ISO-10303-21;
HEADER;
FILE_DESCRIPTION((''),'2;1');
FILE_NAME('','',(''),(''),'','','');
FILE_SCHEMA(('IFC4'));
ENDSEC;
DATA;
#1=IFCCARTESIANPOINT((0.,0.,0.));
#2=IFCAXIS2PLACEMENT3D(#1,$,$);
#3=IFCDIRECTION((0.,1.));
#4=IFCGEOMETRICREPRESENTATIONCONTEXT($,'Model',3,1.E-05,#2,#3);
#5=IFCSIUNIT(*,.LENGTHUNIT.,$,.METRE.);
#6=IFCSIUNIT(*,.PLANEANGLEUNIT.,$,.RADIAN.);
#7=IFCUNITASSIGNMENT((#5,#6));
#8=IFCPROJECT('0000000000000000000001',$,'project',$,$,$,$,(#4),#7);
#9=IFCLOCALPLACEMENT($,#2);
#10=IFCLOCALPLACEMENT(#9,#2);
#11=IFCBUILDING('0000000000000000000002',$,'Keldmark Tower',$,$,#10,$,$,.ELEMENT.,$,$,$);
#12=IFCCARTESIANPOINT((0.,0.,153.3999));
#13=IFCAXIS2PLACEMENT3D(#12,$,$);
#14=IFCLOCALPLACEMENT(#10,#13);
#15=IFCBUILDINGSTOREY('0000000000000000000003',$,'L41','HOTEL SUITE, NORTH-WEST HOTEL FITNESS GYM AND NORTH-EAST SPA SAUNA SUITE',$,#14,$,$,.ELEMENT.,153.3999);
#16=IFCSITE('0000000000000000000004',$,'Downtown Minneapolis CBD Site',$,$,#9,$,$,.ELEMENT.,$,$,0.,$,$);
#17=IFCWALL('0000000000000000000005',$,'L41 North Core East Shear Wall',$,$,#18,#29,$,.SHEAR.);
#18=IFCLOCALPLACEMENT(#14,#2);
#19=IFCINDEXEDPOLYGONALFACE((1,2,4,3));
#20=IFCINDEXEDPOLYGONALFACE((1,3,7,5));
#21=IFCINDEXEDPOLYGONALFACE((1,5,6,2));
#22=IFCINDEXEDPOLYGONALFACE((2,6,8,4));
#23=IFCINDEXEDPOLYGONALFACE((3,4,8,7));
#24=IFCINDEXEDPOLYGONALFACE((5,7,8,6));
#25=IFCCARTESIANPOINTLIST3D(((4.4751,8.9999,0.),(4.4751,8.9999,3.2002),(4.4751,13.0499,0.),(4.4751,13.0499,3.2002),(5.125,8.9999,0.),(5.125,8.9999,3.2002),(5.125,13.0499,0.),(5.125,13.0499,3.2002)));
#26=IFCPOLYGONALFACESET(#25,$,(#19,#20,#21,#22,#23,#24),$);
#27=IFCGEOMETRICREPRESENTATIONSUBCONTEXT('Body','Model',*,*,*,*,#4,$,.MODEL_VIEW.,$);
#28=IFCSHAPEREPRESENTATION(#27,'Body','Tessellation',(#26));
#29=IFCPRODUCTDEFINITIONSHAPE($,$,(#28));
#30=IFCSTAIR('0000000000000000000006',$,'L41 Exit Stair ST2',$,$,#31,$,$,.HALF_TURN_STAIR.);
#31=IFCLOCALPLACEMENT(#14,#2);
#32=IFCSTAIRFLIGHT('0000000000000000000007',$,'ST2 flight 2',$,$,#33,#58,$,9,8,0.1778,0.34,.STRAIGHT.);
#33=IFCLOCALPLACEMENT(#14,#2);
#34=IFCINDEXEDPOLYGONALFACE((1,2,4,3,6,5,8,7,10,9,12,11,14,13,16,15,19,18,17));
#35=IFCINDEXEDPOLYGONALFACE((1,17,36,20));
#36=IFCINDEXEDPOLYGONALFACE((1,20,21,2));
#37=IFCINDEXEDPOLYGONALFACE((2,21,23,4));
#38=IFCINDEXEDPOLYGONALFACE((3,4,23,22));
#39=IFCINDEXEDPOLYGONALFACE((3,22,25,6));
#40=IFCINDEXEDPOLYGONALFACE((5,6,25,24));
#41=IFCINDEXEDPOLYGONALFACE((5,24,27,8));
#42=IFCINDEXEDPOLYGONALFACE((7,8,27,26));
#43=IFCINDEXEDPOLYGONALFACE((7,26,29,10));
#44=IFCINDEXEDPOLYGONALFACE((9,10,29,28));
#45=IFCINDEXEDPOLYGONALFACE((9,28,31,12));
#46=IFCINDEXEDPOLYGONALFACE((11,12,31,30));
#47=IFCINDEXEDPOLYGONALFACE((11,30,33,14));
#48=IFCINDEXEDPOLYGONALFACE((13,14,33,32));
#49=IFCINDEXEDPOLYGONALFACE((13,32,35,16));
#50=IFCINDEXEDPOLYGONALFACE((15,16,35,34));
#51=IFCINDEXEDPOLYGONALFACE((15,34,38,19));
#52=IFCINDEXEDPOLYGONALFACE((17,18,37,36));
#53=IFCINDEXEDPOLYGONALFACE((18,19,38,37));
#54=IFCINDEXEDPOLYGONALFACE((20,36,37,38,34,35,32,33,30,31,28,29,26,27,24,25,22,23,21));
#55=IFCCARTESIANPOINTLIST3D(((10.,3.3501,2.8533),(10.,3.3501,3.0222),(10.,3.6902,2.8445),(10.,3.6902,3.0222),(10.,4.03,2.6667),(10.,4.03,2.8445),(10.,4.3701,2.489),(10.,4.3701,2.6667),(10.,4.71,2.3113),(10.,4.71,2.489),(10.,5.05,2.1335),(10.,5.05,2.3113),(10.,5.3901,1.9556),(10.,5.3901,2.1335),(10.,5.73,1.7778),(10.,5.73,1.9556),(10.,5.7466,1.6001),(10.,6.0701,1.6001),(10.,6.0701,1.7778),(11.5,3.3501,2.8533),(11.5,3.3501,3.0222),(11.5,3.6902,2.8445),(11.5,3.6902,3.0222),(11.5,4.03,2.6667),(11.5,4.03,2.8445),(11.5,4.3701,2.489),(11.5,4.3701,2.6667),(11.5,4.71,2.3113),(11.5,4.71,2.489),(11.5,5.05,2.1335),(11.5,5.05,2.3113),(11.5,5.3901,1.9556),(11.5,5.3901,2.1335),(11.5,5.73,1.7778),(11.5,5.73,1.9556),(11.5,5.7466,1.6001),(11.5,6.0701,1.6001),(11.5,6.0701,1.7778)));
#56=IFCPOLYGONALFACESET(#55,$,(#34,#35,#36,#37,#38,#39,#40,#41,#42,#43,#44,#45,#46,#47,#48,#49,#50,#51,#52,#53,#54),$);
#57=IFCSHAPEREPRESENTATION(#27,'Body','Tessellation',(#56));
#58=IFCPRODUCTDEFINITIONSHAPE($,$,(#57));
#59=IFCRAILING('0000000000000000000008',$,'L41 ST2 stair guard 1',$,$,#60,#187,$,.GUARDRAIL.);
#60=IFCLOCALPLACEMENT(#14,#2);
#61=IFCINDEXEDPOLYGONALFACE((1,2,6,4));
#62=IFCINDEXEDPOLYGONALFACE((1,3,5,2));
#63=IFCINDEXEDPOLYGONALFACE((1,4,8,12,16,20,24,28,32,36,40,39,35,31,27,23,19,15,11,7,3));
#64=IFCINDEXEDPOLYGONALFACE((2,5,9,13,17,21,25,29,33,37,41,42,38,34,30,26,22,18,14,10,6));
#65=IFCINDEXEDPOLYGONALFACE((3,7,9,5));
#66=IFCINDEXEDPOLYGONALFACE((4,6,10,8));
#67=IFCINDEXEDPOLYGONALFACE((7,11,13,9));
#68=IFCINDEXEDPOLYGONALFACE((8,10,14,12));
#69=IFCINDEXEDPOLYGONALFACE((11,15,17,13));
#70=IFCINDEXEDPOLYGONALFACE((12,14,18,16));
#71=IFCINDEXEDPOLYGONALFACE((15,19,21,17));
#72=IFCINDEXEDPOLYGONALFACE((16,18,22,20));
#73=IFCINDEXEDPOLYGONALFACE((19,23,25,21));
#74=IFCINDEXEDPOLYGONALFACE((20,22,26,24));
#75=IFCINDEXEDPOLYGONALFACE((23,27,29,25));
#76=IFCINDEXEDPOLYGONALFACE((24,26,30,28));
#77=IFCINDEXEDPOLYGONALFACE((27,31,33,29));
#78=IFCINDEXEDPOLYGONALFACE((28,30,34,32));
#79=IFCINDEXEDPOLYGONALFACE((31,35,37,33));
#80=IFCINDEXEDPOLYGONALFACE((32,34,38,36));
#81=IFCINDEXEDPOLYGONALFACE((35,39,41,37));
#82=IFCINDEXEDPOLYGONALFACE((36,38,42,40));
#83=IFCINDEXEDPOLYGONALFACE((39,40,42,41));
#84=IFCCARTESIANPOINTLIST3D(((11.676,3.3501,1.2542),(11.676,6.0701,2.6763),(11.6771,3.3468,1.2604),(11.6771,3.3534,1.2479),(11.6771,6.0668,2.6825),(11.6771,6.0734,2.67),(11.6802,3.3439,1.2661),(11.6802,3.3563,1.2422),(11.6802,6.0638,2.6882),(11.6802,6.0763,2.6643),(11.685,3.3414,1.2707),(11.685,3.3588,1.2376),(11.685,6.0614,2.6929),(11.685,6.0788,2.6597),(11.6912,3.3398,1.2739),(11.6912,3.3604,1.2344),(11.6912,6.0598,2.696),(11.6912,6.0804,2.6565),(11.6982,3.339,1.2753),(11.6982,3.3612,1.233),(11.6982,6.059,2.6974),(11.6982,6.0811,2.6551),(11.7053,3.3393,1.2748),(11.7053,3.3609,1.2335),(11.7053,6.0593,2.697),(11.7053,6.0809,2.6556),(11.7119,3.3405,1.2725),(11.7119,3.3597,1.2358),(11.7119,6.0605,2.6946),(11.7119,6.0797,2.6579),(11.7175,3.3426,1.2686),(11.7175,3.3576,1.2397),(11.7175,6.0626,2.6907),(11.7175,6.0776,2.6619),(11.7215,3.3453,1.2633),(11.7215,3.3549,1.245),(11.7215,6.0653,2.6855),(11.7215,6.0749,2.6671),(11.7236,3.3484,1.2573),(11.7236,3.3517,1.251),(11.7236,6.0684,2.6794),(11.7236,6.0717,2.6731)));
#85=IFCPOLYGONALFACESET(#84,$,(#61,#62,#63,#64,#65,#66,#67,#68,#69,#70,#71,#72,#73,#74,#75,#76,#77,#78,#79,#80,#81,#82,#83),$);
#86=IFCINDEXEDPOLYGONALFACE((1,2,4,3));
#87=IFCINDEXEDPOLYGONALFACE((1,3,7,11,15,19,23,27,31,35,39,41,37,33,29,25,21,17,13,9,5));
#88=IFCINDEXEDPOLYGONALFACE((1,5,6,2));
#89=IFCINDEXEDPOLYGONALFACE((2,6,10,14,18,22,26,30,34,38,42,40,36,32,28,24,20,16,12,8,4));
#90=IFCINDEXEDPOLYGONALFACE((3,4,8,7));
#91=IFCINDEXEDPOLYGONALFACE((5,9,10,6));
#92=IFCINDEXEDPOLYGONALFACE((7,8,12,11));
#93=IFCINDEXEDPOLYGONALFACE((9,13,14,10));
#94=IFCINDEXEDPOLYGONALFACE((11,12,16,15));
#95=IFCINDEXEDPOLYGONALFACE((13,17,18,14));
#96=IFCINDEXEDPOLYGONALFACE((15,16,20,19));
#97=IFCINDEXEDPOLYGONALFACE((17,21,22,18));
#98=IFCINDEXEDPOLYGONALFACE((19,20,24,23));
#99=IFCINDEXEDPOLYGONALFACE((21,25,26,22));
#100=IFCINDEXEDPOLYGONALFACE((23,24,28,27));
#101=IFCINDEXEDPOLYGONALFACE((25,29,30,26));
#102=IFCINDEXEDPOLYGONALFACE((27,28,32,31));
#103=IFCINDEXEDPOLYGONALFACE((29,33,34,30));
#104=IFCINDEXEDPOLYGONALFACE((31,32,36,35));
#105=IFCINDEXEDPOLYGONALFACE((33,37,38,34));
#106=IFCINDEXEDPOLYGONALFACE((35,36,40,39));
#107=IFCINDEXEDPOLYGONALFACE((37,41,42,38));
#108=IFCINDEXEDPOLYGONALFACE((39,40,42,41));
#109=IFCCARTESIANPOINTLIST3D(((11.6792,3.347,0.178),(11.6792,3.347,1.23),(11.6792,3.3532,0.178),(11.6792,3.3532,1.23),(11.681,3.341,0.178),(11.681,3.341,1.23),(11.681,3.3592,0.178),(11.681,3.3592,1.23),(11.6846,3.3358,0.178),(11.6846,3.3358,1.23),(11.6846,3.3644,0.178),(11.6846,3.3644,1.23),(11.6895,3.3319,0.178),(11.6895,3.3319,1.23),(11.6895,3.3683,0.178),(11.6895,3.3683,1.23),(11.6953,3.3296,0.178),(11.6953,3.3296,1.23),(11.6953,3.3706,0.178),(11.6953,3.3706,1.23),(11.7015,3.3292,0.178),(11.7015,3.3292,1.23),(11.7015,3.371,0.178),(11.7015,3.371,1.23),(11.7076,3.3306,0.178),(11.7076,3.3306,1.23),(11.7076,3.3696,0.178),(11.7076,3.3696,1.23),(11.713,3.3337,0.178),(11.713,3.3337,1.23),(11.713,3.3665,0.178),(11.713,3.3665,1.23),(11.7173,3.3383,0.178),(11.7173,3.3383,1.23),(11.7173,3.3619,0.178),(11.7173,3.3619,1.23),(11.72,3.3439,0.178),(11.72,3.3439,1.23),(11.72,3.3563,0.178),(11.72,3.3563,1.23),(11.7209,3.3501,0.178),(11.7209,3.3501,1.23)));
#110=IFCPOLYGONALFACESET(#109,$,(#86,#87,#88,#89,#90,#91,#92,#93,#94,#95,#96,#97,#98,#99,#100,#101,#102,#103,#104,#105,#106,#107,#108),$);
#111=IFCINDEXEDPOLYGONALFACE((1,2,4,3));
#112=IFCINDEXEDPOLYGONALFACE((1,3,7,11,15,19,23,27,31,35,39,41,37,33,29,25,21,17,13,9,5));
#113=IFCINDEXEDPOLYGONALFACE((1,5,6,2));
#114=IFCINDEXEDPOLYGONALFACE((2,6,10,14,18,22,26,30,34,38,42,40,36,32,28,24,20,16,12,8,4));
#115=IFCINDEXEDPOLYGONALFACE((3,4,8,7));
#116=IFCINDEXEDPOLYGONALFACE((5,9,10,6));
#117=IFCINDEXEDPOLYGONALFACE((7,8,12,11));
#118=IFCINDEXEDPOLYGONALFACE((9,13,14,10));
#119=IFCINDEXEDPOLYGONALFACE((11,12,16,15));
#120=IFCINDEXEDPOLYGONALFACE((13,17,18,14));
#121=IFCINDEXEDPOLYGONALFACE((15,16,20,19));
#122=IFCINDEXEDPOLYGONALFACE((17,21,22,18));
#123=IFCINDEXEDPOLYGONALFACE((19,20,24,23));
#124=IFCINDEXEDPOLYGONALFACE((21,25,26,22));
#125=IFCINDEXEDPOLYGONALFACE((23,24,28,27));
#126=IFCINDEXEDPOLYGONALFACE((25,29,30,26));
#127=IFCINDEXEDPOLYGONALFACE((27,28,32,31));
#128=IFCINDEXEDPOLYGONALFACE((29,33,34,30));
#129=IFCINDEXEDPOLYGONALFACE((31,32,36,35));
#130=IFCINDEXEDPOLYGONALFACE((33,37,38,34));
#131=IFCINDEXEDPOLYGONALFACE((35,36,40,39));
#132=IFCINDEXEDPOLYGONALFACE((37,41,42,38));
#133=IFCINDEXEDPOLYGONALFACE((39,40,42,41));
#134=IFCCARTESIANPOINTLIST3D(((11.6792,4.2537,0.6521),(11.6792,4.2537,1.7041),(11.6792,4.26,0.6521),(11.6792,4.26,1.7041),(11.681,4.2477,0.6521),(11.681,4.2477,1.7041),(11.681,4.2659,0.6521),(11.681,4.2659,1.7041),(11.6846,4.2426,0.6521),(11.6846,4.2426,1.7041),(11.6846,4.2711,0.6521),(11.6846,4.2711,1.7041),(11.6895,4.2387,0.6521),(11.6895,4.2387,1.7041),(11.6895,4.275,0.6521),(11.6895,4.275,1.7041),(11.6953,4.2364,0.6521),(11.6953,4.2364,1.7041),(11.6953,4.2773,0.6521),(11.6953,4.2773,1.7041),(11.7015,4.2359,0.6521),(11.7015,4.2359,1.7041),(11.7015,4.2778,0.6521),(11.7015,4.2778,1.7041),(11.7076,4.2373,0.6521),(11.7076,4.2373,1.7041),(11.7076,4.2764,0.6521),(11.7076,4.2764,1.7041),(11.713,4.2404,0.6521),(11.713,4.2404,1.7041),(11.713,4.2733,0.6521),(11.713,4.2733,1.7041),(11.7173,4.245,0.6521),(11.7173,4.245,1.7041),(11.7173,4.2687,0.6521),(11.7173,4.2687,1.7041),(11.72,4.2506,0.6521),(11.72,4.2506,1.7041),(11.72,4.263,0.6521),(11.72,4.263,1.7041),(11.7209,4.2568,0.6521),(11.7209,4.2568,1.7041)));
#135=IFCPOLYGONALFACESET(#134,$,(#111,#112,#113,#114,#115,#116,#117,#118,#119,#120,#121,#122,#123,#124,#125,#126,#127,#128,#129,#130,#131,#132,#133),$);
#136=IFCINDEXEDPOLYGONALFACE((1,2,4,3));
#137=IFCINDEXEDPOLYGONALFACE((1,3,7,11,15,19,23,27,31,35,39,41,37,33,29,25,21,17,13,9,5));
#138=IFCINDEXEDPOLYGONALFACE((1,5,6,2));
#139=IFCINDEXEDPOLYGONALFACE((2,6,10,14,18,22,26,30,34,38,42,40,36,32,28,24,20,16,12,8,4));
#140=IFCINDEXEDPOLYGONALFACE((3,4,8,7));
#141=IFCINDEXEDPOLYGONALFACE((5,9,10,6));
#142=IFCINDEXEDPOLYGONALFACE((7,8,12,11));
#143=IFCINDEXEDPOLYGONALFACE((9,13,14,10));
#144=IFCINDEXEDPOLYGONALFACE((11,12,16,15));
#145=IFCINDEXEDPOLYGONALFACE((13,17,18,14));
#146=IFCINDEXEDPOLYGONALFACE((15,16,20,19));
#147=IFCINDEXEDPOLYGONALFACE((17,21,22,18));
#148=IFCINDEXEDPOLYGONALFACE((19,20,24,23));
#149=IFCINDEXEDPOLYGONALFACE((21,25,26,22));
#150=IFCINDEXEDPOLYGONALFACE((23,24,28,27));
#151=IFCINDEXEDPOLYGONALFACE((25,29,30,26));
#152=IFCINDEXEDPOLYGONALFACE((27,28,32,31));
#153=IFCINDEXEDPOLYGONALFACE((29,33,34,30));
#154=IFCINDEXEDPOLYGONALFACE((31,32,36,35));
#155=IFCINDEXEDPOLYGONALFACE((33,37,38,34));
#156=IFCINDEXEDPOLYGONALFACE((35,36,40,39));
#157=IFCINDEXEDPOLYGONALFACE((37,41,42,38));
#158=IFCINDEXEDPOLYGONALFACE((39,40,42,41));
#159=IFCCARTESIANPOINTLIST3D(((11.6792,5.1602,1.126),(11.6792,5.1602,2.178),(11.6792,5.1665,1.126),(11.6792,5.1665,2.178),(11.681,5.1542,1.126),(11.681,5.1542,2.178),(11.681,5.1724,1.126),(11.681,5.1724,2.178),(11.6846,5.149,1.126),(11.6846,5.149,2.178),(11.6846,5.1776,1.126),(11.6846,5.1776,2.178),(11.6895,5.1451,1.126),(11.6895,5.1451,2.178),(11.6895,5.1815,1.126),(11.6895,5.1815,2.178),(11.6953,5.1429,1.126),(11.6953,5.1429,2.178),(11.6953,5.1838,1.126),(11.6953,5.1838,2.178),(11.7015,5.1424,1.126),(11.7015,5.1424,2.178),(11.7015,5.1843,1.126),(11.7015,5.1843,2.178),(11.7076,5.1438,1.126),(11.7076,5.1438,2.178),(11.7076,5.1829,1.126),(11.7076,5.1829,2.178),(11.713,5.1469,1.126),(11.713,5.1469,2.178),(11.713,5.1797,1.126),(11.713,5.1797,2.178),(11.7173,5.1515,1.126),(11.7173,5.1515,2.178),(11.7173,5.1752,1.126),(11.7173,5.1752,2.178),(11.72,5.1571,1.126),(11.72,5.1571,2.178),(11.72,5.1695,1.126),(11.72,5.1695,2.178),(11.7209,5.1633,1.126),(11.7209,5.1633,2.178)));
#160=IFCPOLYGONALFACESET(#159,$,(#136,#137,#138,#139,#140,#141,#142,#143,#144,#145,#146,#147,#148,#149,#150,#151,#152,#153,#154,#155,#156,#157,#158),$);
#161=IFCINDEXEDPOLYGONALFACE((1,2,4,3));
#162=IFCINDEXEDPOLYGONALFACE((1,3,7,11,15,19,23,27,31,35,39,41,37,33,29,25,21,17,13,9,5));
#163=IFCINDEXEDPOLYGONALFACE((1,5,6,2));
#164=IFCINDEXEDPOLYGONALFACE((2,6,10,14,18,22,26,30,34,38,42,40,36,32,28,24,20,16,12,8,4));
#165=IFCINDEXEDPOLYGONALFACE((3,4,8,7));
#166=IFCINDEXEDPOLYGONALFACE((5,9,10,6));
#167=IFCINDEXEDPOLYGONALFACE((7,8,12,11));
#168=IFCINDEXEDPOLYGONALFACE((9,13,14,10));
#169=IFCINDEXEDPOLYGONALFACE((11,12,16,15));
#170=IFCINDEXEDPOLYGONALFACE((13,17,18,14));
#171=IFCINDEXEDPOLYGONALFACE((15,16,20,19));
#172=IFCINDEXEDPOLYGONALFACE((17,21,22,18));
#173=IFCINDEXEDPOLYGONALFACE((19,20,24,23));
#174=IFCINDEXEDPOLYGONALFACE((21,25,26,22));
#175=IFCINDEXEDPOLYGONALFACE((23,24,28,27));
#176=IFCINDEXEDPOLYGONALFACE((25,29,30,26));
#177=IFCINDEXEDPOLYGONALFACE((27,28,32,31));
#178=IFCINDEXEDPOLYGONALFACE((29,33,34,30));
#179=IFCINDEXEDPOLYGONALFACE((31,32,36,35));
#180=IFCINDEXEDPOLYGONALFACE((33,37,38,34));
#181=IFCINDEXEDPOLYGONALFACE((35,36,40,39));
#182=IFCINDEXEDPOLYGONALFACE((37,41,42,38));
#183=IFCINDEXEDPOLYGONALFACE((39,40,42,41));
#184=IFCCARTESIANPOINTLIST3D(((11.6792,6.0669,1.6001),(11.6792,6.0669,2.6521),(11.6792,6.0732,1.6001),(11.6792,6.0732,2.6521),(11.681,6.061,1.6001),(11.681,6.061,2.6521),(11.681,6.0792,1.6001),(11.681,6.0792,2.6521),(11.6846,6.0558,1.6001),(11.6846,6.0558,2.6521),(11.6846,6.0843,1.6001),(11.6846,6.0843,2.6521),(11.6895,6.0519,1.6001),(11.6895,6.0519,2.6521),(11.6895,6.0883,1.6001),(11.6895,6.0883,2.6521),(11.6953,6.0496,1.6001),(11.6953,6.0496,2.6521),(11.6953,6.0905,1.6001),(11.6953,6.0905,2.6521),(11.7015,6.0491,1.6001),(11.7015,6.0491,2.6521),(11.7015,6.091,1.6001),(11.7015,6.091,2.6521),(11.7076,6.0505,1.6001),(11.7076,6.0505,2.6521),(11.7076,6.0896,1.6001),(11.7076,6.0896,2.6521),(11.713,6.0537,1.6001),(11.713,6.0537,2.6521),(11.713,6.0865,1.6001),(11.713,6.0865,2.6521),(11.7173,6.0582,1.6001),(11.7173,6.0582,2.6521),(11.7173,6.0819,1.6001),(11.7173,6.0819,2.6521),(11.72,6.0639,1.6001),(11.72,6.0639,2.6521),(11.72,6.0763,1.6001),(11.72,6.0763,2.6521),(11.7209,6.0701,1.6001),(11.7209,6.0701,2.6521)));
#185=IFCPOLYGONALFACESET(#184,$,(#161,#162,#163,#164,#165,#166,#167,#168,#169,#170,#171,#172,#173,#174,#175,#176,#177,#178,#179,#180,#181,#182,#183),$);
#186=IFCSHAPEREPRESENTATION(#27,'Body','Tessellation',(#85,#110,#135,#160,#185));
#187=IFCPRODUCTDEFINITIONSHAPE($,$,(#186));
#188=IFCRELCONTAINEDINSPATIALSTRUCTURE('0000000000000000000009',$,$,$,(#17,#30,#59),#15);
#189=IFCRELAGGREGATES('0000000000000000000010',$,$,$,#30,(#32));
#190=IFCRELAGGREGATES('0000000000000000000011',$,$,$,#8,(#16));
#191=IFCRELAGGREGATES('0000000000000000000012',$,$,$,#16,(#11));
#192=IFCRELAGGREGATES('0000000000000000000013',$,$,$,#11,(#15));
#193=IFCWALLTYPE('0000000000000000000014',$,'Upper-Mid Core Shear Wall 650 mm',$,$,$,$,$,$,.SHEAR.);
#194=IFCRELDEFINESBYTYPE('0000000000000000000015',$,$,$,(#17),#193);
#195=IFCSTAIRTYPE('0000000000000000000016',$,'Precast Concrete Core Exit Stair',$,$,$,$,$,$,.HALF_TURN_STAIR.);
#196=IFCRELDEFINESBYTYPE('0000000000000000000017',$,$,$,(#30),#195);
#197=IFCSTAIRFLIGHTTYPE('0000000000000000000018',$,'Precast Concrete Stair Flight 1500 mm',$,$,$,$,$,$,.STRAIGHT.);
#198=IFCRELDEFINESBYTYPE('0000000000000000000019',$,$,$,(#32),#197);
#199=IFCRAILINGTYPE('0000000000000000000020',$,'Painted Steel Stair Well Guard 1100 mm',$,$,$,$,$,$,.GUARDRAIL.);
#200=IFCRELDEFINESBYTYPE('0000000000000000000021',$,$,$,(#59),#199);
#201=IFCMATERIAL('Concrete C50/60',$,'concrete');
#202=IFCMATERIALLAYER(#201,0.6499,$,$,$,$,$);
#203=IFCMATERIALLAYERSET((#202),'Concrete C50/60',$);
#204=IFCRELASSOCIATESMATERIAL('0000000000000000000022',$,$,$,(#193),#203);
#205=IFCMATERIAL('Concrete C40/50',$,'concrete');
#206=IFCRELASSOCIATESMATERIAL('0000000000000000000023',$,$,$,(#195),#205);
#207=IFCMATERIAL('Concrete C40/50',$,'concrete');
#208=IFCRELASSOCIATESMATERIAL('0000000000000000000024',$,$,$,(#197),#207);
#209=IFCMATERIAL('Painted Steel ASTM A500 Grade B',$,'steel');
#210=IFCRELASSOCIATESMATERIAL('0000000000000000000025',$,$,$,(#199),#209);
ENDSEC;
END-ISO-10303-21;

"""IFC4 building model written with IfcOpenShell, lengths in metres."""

from ifc_helpers import new_model, si_unit, direction, frame, frame_2d, origin, origin_2d, place, context, subcontext, project, spatial, polyline, rectangle, circle, outline, extrude, material, layer, layer_set, type_object, element, aggregate, save


model = new_model("IFC4")

# Units and contexts
model_context = context("Model", 3, precision=1e-05, world=origin(), true_north=direction((0.0, 1.0)))
body_context = subcontext(model_context, "Body", "Model", "MODEL_VIEW")
ifc_project = project(units=[si_unit("LENGTHUNIT", "METRE"), si_unit("PLANEANGLEUNIT", "RADIAN")], contexts=[model_context])

# Site, building, storey
site_placement = place(None, origin())
site = spatial("IfcSite", under=ifc_project, at=site_placement, Name="Downtown Minneapolis CBD Site", CompositionType="ELEMENT", RefElevation=0.0)
building_placement = place(site_placement, origin())
building = spatial("IfcBuilding", under=site, at=building_placement, Name="Keldmark Tower", CompositionType="ELEMENT")
storey_placement = place(building_placement, frame((0.0, 0.0, 153.3999)))
storey = spatial("IfcBuildingStorey", under=building, at=storey_placement, Name="L41", Description="HOTEL SUITE, NORTH-WEST HOTEL FITNESS GYM AND NORTH-EAST SPA SAUNA SUITE", CompositionType="ELEMENT", Elevation=153.3999)

# Wall
ifc_material_1 = material(Name="Concrete C50/60", Category="concrete")
ifc_layer_1 = layer(ifc_material_1, 0.6499)
ifc_layer_set_1 = layer_set([ifc_layer_1], Name="Concrete C50/60")
wall_type_1 = type_object("IfcWallType", Name="Upper-Mid Core Shear Wall 650 mm", PredefinedType="SHEAR", material=ifc_layer_set_1)
wall_1_placement = place(storey_placement, frame((4.8, 9.0, 0.0), z_axis=(0.0, 0.0, 1.0), x_axis=(0.0, 1.0, 0.0)))
element("IfcWall", 1, at=wall_1_placement, inside=storey, type_object=wall_type_1, Name="L41 North Core East Shear Wall", PredefinedType="SHEAR", context=body_context, shape_type="SweptSolid", body=[
    extrude(rectangle(XDim=4.05, YDim=0.6499, at=frame_2d((2.0249, 0.0))), origin(), (0.0, 0.0, 1.0), 3.2002),
])

# Stair, stair flight
ifc_material_2 = material(Name="Concrete C40/50", Category="concrete")
stair_type = type_object("IfcStairType", Name="Precast Concrete Core Exit Stair", PredefinedType="HALF_TURN_STAIR", material=ifc_material_2)
stair_placement = place(storey_placement, origin())
stair = element("IfcStair", 2, at=stair_placement, inside=storey, type_object=stair_type, Name="L41 Exit Stair ST2", PredefinedType="HALF_TURN_STAIR")
ifc_material_3 = material(Name="Concrete C40/50", Category="concrete")
stair_flight_type = type_object("IfcStairFlightType", Name="Precast Concrete Stair Flight 1500 mm", PredefinedType="STRAIGHT", material=ifc_material_3)
stair_flight_placement = place(storey_placement, frame((10.75, 6.0701, 1.6001), z_axis=(0.0, 0.0, 1.0), x_axis=(0.0, -1.0, 0.0)))
stair_flight = element("IfcStairFlight", 3, at=stair_flight_placement, type_object=stair_flight_type, Name="ST2 flight 2", NumberOfRisers=9, NumberOfTreads=8, PredefinedType="STRAIGHT", RiserHeight=0.1778, TreadLength=0.34, context=body_context, shape_type="SweptSolid", body=[
    extrude(outline(polyline([(0.0, 0.0), (0.0, 0.1777), (0.3401, 0.1777), (0.3401, 0.3555), (0.6799, 0.3555), (0.6799, 0.5334), (1.02, 0.5334), (1.02, 0.7112), (1.3601, 0.7112), (1.3601, 0.8889), (1.7, 0.8889), (1.7, 1.0667), (2.04, 1.0667), (2.04, 1.2444), (2.3799, 1.2444), (2.3799, 1.4221), (2.72, 1.4221), (2.72, 1.6001), (2.72, 1.2532), (0.3235, 0.0), (0.0, 0.0)])), frame((0.0, 0.75, 0.0), z_axis=(0.0, -1.0, 0.0), x_axis=(1.0, 0.0, 0.0)), (0.0, 0.0, 1.0), 1.5),
])
aggregate(stair, [stair_flight])

# Railing
ifc_material_4 = material(Name="Painted Steel ASTM A500 Grade B", Category="steel")
railing_type_1 = type_object("IfcRailingType", Name="Painted Steel Stair Well Guard 1100 mm", PredefinedType="GUARDRAIL", material=ifc_material_4)
railing_1_placement = place(storey_placement, frame((11.7, 3.3501, 0.178)))
element("IfcRailing", 4, at=railing_1_placement, inside=storey, type_object=railing_type_1, Name="L41 ST2 stair guard 1", PredefinedType="GUARDRAIL", context=body_context, shape_type="SweptSolid", body=[
    extrude(circle(Radius=0.0239, at=origin_2d()), frame((0.0, 0.0, 1.0762), z_axis=(0.0, 0.886183, 0.463335), x_axis=(-1.0, 0.0, 0.0)), (0.0, 0.0, 1.0), 3.0693),
    extrude(circle(Radius=0.021, at=origin_2d()), origin(), (0.0, 0.0, 1.0), 1.052),
    extrude(circle(Radius=0.021, at=origin_2d()), frame((0.0, 0.9067, 0.4741)), (0.0, 0.0, 1.0), 1.052),
    extrude(circle(Radius=0.021, at=origin_2d()), frame((0.0, 1.8132, 0.948)), (0.0, 0.0, 1.0), 1.052),
    extrude(circle(Radius=0.021, at=origin_2d()), frame((0.0, 2.72, 1.4221)), (0.0, 0.0, 1.0), 1.052),
])

save(model, "model.ifc")
